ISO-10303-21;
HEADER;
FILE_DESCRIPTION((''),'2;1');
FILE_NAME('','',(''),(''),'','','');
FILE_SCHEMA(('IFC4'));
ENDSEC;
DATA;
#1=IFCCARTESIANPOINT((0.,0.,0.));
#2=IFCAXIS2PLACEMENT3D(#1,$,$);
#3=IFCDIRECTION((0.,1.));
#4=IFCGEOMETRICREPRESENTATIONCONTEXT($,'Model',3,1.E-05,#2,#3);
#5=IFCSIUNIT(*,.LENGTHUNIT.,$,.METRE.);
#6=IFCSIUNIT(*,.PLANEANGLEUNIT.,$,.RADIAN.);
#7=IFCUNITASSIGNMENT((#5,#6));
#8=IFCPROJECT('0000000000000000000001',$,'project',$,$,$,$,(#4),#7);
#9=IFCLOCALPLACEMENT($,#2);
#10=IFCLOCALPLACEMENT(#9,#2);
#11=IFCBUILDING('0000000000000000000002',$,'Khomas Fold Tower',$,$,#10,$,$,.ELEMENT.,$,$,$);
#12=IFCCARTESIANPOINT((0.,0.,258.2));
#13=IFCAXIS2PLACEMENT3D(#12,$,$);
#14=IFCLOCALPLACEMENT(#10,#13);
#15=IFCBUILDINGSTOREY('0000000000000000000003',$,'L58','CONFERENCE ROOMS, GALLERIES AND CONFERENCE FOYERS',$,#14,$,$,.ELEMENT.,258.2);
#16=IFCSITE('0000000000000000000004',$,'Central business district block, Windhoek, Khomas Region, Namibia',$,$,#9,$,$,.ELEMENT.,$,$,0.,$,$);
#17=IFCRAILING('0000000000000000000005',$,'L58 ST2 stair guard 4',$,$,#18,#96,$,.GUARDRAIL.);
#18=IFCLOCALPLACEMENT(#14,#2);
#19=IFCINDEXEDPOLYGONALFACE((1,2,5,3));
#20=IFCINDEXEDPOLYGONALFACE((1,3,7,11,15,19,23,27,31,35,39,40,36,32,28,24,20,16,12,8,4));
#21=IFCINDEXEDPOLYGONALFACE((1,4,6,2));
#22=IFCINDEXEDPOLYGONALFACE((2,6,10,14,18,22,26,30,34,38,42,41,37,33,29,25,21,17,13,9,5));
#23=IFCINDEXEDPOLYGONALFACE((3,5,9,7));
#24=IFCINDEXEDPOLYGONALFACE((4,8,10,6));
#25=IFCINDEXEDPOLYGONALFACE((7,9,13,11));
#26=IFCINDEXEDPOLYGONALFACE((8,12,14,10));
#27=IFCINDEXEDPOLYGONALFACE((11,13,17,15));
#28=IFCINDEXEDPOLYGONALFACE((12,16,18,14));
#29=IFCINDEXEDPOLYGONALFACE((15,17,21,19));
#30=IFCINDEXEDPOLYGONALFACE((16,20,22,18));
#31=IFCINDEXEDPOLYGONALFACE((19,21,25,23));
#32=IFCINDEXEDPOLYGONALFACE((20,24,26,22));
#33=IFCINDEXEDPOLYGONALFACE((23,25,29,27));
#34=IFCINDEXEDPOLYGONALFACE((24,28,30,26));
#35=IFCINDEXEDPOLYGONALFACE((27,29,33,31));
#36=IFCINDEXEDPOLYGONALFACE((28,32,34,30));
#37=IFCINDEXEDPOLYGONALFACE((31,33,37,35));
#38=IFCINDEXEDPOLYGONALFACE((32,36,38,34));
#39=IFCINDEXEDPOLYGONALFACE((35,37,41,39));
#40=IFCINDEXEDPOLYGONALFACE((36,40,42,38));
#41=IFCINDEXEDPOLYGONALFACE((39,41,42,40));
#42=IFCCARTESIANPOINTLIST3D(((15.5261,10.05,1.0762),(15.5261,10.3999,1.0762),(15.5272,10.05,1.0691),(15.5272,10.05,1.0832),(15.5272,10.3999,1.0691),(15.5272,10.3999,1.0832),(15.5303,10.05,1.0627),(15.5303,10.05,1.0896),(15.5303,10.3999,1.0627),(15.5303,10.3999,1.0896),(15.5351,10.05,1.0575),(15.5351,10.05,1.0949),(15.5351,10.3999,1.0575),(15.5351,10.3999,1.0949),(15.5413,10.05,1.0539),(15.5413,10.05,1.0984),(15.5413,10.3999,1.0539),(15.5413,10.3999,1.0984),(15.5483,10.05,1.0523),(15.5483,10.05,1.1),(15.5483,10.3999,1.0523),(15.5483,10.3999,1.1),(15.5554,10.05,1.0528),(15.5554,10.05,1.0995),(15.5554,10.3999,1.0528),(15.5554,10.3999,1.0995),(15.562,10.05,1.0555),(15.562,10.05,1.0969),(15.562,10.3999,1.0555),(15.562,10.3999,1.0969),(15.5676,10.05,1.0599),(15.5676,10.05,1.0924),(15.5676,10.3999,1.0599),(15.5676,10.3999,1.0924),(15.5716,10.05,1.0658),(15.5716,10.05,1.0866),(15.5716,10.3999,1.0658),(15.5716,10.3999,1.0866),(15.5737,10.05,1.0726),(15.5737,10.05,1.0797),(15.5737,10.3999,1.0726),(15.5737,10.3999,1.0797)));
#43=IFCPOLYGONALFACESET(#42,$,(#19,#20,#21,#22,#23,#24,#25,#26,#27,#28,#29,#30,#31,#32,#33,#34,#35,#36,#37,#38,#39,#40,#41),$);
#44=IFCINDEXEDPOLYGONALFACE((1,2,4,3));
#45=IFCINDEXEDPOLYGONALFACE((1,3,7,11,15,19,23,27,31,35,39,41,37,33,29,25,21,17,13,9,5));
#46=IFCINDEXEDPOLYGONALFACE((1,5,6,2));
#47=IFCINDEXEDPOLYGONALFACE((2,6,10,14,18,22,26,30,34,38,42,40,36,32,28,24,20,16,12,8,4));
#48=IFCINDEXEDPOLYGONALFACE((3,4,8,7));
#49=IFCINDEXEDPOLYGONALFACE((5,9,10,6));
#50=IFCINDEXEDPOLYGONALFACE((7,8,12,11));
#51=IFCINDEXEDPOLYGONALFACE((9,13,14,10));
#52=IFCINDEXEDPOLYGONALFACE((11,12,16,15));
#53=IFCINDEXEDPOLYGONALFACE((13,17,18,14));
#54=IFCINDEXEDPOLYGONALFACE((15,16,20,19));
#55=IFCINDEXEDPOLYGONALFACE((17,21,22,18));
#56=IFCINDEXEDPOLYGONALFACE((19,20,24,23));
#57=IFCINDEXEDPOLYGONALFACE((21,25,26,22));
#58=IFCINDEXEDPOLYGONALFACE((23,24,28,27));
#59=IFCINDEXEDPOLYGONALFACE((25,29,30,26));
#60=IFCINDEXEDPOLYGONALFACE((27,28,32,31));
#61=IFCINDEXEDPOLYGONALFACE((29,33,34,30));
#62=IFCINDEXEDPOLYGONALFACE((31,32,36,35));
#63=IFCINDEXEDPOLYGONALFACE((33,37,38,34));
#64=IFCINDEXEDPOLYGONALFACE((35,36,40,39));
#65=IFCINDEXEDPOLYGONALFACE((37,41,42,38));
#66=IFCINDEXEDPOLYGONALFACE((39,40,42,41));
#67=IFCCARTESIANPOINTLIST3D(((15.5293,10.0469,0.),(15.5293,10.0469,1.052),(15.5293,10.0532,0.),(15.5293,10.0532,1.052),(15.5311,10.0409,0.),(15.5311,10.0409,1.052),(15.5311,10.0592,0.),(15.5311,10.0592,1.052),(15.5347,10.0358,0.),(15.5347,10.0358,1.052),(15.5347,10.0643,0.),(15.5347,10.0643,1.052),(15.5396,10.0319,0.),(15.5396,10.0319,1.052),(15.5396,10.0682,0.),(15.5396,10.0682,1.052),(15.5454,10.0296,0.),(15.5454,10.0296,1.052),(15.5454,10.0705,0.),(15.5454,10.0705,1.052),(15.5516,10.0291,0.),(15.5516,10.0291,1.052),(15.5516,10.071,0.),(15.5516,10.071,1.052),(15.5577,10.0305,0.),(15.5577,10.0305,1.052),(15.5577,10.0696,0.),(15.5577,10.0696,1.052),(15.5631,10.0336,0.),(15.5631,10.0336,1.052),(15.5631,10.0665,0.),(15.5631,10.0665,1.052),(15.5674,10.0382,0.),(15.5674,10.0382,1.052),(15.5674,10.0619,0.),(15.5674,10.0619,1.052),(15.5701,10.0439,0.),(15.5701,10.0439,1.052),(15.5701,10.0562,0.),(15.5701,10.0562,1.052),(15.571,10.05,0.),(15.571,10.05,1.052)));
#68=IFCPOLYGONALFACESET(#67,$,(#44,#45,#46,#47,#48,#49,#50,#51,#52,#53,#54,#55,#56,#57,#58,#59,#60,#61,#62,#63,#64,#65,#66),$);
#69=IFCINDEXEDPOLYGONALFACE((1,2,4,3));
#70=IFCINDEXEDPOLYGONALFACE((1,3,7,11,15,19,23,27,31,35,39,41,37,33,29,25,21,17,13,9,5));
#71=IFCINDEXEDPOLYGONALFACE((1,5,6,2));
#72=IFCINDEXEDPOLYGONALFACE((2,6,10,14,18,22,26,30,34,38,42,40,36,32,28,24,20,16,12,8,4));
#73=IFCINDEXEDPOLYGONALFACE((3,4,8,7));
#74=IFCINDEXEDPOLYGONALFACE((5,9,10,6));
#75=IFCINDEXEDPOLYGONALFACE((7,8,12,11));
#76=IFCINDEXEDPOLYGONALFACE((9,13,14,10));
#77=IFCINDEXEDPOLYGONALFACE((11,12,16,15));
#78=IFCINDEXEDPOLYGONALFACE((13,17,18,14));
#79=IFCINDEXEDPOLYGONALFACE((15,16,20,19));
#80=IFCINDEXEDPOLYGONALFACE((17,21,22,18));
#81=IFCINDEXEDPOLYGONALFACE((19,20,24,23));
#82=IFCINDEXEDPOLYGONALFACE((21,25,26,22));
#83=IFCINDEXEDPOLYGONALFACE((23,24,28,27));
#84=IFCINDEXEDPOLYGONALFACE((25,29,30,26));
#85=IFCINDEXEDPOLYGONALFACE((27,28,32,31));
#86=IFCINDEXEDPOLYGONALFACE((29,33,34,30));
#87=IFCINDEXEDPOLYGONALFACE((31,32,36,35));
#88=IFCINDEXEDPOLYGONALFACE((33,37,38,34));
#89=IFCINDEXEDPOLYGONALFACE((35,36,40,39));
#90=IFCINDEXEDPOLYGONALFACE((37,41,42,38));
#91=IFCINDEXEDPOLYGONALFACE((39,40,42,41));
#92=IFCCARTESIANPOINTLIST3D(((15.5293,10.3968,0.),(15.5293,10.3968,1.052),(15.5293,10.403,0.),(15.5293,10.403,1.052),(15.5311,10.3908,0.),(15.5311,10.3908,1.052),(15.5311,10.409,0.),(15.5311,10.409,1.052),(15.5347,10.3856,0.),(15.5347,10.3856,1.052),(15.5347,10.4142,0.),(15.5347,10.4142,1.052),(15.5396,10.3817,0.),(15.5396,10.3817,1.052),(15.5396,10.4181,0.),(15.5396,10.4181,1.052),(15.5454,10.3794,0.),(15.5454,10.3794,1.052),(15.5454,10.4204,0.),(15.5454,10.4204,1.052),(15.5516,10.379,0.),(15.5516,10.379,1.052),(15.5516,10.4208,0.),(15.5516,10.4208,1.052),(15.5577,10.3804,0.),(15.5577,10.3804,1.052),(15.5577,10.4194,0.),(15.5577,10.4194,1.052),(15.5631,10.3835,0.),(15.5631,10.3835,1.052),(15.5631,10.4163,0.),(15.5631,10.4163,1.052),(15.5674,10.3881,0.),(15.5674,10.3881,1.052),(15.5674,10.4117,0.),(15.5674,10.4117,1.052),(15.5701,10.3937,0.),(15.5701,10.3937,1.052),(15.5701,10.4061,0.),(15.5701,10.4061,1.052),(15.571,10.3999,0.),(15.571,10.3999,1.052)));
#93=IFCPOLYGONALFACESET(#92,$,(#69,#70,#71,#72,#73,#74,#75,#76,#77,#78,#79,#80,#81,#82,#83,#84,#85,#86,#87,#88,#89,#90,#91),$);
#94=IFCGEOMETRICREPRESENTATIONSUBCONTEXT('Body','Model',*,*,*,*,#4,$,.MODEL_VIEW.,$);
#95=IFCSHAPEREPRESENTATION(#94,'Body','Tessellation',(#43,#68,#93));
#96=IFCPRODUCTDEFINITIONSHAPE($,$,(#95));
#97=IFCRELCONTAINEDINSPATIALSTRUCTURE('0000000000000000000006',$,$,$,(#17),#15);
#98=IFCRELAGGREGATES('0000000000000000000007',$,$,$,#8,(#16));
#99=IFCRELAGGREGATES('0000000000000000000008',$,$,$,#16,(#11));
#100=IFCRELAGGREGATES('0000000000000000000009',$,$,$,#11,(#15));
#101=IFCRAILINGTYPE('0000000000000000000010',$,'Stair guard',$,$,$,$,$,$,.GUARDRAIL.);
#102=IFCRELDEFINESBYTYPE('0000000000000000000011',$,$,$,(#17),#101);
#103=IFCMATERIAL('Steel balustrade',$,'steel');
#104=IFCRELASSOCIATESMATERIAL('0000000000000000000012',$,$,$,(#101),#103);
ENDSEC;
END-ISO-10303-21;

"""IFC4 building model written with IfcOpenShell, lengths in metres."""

from ifc_helpers import new_model, si_unit, direction, frame, origin, origin_2d, place, context, subcontext, project, spatial, circle, extrude, source, transform, mapped, material, type_object, element, save


model = new_model("IFC4")

# Units and contexts
model_context = context("Model", 3, precision=1e-05, world=origin(), true_north=direction((0.0, 1.0)))
body_context = subcontext(model_context, "Body", "Model", "MODEL_VIEW")
ifc_project = project(units=[si_unit("LENGTHUNIT", "METRE"), si_unit("PLANEANGLEUNIT", "RADIAN")], contexts=[model_context])

# Site, building, storey
site_placement = place(None, origin())
site = spatial("IfcSite", under=ifc_project, at=site_placement, Name="Central business district block, Windhoek, Khomas Region, Namibia", CompositionType="ELEMENT", RefElevation=0.0)
building_placement = place(site_placement, origin())
building = spatial("IfcBuilding", under=site, at=building_placement, Name="Khomas Fold Tower", CompositionType="ELEMENT")
storey_placement = place(building_placement, frame((0.0, 0.0, 258.2)))
storey = spatial("IfcBuildingStorey", under=building, at=storey_placement, Name="L58", Description="CONFERENCE ROOMS, GALLERIES AND CONFERENCE FOYERS", CompositionType="ELEMENT", Elevation=258.2)

# Railing
ifc_material_1 = material(Name="Steel balustrade", Category="steel")
railing_type_1 = type_object("IfcRailingType", Name="Stair guard", PredefinedType="GUARDRAIL", material=ifc_material_1)
shared_shape_1 = source(origin(), body_context, "Body", "SweptSolid", [
    extrude(circle(Radius=0.0239, at=origin_2d()), frame((0.0, 0.0, 1.0762), z_axis=(0.0, 1.0, 0.0), x_axis=(-1.0, 0.0, 0.0)), (0.0, 0.0, 1.0), 0.3499),
    extrude(circle(Radius=0.021, at=origin_2d()), origin(), (0.0, 0.0, 1.0), 1.052),
    extrude(circle(Radius=0.021, at=origin_2d()), frame((0.0, 0.3499, 0.0)), (0.0, 0.0, 1.0), 1.052),
])
for number, where, name in (
    (1, (15.55, 10.05, 0.0), "L58 ST2 stair guard 4"),
):
    element("IfcRailing", number, at=place(storey_placement, frame(where)), inside=storey, type_object=railing_type_1, Name=name, PredefinedType="GUARDRAIL", context=body_context, shape_type="MappedRepresentation", body=[
        mapped(shared_shape_1, transform((0.0, 0.0, 0.0))),
    ])

save(model, "model.ifc")
